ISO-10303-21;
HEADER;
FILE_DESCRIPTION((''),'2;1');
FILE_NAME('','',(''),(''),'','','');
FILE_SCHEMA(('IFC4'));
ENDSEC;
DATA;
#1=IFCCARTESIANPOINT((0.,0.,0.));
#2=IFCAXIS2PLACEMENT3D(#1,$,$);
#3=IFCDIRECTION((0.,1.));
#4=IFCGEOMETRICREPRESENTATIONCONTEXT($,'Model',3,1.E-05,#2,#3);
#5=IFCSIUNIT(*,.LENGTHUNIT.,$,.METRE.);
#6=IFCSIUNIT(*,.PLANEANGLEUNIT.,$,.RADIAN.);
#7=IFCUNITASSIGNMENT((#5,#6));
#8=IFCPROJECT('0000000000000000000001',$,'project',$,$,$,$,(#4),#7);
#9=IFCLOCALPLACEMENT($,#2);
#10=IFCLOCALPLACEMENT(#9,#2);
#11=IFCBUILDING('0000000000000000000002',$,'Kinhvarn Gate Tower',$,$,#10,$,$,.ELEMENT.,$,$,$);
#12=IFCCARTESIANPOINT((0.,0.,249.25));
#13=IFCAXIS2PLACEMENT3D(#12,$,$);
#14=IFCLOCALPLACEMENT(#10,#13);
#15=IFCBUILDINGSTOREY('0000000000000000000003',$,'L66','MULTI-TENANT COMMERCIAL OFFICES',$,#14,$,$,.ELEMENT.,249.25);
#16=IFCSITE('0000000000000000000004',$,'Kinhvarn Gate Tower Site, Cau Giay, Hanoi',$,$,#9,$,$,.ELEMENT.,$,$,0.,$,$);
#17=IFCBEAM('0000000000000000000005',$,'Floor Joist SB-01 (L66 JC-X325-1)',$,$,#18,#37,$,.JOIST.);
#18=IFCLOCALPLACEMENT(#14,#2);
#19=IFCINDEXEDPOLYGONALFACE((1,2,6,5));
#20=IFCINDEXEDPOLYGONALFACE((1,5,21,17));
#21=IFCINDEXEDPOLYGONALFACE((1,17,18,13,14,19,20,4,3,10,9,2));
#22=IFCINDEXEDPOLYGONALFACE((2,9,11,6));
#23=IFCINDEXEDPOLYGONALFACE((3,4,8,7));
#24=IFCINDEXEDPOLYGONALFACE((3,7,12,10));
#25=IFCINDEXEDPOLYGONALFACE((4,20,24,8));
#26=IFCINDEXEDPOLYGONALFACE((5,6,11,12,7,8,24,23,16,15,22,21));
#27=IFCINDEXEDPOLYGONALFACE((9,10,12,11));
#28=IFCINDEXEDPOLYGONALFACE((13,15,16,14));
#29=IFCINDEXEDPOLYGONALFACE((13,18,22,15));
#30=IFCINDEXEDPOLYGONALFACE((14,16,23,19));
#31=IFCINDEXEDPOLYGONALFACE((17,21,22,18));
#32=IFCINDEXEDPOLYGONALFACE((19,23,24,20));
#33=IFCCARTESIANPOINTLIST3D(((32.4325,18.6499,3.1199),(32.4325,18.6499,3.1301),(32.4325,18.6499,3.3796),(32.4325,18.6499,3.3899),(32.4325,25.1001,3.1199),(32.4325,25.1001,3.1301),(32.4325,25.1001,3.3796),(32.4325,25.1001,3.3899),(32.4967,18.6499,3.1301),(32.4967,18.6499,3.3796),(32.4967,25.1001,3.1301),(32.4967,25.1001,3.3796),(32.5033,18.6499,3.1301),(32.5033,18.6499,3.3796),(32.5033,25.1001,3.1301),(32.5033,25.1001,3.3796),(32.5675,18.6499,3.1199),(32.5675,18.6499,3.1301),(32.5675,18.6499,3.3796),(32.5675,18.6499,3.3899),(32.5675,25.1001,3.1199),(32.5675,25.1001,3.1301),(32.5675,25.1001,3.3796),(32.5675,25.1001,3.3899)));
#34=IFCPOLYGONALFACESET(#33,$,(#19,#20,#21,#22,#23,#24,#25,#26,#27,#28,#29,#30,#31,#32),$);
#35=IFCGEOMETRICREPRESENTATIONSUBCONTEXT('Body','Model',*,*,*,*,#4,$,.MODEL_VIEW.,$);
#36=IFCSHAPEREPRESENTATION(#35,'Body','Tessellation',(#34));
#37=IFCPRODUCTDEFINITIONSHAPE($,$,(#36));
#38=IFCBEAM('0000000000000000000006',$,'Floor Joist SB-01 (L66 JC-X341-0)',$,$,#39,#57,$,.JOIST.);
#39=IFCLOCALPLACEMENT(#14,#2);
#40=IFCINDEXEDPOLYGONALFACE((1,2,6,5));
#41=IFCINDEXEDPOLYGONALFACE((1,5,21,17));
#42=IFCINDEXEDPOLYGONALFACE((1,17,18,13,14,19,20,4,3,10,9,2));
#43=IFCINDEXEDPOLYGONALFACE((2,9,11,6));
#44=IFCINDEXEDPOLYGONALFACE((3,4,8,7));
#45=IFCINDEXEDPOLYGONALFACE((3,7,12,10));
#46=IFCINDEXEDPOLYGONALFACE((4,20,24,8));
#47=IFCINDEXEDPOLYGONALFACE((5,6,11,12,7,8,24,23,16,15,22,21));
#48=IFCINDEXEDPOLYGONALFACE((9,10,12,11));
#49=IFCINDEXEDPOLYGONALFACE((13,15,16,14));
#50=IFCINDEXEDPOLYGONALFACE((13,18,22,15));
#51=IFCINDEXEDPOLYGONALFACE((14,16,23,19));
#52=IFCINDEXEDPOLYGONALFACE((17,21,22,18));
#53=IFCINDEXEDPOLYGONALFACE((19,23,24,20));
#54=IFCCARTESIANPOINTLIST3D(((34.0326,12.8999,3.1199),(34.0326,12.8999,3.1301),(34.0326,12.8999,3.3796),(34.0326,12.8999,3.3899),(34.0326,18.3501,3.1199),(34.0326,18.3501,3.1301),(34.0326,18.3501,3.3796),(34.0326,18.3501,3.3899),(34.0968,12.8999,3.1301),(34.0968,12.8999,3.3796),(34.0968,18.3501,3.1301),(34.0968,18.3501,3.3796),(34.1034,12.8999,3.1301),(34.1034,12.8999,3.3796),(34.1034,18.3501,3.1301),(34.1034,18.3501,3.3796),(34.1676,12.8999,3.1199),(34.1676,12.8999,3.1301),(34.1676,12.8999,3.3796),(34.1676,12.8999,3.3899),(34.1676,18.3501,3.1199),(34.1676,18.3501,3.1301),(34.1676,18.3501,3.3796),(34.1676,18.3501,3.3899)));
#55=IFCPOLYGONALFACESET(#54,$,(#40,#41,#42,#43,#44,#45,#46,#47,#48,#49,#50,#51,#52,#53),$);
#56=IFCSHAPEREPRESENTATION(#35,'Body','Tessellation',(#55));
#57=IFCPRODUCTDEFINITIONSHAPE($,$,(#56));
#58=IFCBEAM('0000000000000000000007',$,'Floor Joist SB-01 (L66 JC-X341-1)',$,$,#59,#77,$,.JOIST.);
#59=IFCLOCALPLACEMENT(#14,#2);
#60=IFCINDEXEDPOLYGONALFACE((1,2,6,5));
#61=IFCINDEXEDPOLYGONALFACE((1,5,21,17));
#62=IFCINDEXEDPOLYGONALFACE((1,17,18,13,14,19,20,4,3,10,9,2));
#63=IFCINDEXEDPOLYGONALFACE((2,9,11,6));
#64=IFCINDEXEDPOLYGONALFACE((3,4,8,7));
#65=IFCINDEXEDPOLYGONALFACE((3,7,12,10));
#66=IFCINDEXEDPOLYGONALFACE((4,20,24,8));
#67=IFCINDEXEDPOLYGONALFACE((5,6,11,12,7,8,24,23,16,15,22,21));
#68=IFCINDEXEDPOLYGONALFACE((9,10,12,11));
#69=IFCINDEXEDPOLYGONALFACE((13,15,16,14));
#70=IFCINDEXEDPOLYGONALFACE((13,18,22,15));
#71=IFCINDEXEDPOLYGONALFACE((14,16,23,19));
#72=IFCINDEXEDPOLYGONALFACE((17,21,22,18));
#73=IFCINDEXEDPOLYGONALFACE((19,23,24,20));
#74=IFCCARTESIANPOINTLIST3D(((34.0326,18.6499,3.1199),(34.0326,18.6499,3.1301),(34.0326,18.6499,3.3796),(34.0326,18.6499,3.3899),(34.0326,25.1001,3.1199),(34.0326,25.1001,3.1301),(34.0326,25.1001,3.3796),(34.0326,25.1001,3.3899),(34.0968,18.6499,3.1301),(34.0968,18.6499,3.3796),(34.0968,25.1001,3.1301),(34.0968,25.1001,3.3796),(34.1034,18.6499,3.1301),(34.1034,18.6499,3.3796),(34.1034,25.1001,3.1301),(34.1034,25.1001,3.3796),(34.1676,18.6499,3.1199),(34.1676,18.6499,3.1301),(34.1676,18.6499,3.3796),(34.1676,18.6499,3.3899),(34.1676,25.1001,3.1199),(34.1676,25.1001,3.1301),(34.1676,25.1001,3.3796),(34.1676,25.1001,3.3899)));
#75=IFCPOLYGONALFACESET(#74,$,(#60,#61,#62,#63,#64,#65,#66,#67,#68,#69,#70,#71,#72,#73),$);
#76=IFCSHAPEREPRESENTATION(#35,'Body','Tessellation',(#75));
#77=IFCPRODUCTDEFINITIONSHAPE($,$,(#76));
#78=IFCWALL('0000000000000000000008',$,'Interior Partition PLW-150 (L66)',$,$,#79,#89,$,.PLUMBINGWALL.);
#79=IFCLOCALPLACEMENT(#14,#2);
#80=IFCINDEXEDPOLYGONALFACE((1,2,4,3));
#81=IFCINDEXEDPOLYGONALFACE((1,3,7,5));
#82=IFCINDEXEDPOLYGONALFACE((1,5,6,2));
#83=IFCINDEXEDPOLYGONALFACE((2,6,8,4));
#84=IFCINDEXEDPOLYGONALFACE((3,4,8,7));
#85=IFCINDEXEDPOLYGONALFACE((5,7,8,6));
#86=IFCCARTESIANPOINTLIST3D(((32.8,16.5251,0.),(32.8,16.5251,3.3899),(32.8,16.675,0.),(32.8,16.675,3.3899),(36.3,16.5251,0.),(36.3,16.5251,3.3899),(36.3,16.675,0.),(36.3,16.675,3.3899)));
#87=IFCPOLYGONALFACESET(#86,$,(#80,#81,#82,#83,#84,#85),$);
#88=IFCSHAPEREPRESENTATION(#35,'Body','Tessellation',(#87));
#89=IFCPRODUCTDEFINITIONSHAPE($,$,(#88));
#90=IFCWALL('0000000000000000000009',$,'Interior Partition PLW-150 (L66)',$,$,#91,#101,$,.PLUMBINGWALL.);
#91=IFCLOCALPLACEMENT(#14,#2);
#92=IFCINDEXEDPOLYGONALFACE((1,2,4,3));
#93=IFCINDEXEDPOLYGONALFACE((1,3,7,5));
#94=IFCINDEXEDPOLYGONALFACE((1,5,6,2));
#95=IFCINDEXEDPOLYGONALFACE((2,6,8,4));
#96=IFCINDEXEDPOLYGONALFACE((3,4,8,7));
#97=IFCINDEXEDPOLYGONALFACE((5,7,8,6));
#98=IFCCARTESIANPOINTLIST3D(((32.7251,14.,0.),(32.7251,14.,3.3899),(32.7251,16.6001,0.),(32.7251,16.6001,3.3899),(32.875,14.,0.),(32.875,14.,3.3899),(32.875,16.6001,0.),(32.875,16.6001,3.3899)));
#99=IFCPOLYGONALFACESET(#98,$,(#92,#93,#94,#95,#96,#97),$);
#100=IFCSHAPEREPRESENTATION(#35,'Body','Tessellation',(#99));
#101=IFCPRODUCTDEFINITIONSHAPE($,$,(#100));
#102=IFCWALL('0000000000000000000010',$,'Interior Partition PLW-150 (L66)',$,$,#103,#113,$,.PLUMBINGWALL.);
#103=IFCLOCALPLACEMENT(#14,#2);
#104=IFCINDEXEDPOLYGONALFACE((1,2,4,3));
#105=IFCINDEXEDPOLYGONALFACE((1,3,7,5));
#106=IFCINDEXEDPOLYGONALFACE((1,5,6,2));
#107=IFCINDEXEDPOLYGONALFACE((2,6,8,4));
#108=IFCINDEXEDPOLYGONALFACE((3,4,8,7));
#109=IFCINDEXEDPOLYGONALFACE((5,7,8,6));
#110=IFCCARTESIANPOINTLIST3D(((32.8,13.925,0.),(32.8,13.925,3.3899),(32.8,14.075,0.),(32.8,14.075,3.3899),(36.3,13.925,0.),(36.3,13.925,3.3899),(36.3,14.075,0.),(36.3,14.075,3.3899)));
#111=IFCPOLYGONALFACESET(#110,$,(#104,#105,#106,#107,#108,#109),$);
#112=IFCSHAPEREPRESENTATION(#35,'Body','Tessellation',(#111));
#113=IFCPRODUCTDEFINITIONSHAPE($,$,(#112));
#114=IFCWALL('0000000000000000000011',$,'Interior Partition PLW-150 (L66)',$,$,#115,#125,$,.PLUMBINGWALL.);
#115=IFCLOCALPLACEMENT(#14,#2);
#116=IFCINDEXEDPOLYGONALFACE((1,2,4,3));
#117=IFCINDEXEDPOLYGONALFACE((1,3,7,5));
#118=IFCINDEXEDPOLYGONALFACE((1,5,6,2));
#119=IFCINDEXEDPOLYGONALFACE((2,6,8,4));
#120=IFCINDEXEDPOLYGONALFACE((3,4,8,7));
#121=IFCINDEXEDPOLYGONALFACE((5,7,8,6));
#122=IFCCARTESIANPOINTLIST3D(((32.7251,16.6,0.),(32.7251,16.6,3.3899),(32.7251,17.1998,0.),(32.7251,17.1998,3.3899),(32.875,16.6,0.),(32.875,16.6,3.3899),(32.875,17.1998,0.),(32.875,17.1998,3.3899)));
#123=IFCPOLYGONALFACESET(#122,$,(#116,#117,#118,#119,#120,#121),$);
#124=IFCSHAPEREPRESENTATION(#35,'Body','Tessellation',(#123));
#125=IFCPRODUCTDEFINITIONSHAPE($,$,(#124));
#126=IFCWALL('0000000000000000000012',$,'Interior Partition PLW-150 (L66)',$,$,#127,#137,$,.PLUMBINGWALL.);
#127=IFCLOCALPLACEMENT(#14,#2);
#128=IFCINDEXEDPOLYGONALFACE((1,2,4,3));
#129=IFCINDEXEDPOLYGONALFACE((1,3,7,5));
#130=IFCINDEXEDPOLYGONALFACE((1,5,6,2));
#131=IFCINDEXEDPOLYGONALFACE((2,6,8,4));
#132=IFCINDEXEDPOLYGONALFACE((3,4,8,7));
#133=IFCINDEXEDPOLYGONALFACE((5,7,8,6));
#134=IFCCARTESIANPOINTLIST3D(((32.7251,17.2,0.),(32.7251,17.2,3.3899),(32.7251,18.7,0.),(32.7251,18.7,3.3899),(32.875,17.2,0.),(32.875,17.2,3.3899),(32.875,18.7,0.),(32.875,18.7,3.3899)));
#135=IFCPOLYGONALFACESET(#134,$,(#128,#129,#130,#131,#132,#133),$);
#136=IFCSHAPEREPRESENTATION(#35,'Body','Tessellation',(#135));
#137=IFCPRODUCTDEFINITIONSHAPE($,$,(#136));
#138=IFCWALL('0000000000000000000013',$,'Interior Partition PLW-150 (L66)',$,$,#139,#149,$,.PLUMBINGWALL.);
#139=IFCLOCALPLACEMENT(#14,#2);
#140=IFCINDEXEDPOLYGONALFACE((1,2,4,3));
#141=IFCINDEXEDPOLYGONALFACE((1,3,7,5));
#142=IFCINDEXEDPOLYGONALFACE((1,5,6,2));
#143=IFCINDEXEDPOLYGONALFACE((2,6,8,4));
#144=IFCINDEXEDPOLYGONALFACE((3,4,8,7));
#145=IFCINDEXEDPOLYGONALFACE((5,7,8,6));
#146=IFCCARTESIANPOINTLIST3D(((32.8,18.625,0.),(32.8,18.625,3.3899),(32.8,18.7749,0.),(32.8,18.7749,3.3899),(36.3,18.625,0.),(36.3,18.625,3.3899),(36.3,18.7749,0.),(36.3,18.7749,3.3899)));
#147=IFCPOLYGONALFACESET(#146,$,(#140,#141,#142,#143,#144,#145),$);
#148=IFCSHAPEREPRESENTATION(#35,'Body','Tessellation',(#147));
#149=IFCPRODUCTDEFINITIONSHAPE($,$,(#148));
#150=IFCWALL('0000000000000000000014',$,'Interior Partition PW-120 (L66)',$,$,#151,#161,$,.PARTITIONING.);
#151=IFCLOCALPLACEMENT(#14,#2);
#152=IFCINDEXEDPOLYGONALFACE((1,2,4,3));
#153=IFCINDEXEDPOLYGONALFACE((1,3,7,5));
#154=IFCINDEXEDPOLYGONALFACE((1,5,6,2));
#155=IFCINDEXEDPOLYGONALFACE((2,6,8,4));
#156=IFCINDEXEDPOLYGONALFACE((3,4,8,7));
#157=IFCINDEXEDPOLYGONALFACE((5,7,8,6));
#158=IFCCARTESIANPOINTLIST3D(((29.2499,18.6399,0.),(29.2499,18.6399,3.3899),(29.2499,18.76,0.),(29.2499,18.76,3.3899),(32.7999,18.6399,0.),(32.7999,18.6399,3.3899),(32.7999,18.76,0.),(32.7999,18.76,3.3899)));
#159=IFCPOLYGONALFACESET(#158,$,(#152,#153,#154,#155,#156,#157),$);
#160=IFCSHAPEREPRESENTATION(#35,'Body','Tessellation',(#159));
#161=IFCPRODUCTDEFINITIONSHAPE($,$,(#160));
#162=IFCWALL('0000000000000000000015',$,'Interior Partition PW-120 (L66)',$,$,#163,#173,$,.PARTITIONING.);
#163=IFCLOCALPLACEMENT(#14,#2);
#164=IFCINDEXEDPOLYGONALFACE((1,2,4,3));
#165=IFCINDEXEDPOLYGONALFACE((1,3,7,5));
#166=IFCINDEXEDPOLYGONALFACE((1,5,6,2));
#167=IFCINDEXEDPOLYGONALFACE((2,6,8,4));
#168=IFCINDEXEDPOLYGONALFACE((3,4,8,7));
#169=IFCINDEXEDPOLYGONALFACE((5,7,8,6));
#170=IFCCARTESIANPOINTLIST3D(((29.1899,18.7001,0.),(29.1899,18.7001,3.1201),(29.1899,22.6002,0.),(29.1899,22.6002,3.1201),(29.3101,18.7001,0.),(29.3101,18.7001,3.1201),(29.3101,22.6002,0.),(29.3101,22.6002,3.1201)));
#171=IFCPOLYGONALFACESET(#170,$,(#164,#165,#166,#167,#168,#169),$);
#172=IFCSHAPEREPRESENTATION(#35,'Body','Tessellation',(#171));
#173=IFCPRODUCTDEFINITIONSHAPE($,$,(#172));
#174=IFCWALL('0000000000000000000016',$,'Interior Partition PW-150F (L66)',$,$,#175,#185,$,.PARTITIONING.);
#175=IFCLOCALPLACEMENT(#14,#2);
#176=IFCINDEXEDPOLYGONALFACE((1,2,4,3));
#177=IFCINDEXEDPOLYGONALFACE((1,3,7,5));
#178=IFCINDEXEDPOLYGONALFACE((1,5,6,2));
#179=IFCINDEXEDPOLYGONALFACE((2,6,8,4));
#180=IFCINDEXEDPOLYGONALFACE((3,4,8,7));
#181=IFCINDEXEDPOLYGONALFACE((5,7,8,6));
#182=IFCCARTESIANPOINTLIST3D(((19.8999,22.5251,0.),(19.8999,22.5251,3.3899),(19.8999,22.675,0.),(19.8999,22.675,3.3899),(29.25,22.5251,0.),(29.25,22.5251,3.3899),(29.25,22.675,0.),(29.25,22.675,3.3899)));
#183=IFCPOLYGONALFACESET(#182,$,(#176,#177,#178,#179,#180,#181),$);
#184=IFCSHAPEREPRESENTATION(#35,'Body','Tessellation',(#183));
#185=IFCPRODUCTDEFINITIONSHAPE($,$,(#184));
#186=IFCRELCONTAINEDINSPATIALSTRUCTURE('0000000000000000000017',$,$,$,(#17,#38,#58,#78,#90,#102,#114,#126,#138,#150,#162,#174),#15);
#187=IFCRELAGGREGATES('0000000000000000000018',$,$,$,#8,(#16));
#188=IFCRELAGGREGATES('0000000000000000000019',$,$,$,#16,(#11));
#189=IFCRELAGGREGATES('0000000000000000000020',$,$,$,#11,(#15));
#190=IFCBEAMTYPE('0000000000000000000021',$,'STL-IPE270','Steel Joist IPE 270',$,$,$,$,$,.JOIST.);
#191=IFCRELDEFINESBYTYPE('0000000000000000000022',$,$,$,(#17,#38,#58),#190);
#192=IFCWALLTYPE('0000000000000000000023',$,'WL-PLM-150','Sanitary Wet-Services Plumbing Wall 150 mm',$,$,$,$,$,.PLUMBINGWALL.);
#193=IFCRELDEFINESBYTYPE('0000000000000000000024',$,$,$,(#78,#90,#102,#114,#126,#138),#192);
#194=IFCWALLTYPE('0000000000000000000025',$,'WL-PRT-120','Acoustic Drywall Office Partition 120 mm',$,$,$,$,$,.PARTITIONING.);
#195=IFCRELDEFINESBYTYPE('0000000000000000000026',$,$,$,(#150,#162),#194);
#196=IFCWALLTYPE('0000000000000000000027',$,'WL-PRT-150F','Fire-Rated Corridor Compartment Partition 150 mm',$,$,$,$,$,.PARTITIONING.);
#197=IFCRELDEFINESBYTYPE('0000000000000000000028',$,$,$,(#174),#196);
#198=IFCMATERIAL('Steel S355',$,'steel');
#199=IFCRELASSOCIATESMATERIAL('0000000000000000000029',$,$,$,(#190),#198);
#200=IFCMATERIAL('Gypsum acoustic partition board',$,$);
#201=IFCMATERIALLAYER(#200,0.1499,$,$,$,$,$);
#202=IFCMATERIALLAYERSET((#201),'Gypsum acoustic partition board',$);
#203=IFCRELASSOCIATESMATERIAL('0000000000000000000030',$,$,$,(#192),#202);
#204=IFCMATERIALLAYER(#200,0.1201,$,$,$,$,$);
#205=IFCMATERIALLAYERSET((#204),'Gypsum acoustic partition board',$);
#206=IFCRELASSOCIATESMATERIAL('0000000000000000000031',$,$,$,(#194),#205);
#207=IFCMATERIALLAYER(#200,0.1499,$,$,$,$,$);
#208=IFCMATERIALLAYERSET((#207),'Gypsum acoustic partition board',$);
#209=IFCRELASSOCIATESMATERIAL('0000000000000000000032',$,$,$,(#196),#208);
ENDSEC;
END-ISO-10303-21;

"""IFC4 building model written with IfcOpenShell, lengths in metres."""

from ifc_helpers import new_model, si_unit, direction, frame, frame_2d, origin, origin_2d, place, context, subcontext, project, spatial, rectangle, i_section, extrude, material, layer, layer_set, material_profile, profile_set, type_object, element, save


model = new_model("IFC4")

# Units and contexts
model_context = context("Model", 3, precision=1e-05, world=origin(), true_north=direction((0.0, 1.0)))
body_context = subcontext(model_context, "Body", "Model", "MODEL_VIEW")
ifc_project = project(units=[si_unit("LENGTHUNIT", "METRE"), si_unit("PLANEANGLEUNIT", "RADIAN")], contexts=[model_context])

# Site, building, storey
site_placement = place(None, origin())
site = spatial("IfcSite", under=ifc_project, at=site_placement, Name="Kinhvarn Gate Tower Site, Cau Giay, Hanoi", CompositionType="ELEMENT", RefElevation=0.0)
building_placement = place(site_placement, origin())
building = spatial("IfcBuilding", under=site, at=building_placement, Name="Kinhvarn Gate Tower", CompositionType="ELEMENT")
storey_placement = place(building_placement, frame((0.0, 0.0, 249.25)))
storey = spatial("IfcBuildingStorey", under=building, at=storey_placement, Name="L66", Description="MULTI-TENANT COMMERCIAL OFFICES", CompositionType="ELEMENT", Elevation=249.25)

# Beams
ifc_material_1 = material(Name="Steel S355", Category="steel")
ifc_material_profile = material_profile(ifc_material_1, i_section(OverallWidth=0.135, OverallDepth=0.27, WebThickness=0.0066, FlangeThickness=0.0103, at=origin_2d()), Name="IPE 270")
ifc_profile_set = profile_set([ifc_material_profile], Name="Steel S355")
beam_type = type_object("IfcBeamType", Name="STL-IPE270", Description="Steel Joist IPE 270", PredefinedType="JOIST", material=ifc_profile_set)
beam_1_placement = place(storey_placement, frame((32.5, 18.6499, 3.2549), z_axis=(0.0, 1.0, 0.0), x_axis=(-1.0, 0.0, 0.0)))
element("IfcBeam", 1, at=beam_1_placement, inside=storey, type_object=beam_type, Name="Floor Joist SB-01 (L66 JC-X325-1)", PredefinedType="JOIST", context=body_context, shape_type="SweptSolid", body=[
    extrude(i_section(OverallWidth=0.135, OverallDepth=0.27, WebThickness=0.0066, FlangeThickness=0.0103, at=origin_2d()), origin(), (0.0, 0.0, 1.0), 6.4502),
])
beam_2_placement = place(storey_placement, frame((34.1001, 12.8999, 3.2549), z_axis=(0.0, 1.0, 0.0), x_axis=(-1.0, 0.0, 0.0)))
element("IfcBeam", 2, at=beam_2_placement, inside=storey, type_object=beam_type, Name="Floor Joist SB-01 (L66 JC-X341-0)", PredefinedType="JOIST", context=body_context, shape_type="SweptSolid", body=[
    extrude(i_section(OverallWidth=0.135, OverallDepth=0.27, WebThickness=0.0066, FlangeThickness=0.0103, at=origin_2d()), origin(), (0.0, 0.0, 1.0), 5.4502),
])
beam_3_placement = place(storey_placement, frame((34.1001, 18.6499, 3.2549), z_axis=(0.0, 1.0, 0.0), x_axis=(-1.0, 0.0, 0.0)))
element("IfcBeam", 3, at=beam_3_placement, inside=storey, type_object=beam_type, Name="Floor Joist SB-01 (L66 JC-X341-1)", PredefinedType="JOIST", context=body_context, shape_type="SweptSolid", body=[
    extrude(i_section(OverallWidth=0.135, OverallDepth=0.27, WebThickness=0.0066, FlangeThickness=0.0103, at=origin_2d()), origin(), (0.0, 0.0, 1.0), 6.4502),
])

# Walls
ifc_material_2 = material(Name="Gypsum acoustic partition board")
ifc_layer_1 = layer(ifc_material_2, 0.1499)
ifc_layer_set_1 = layer_set([ifc_layer_1], Name="Gypsum acoustic partition board")
wall_type_1 = type_object("IfcWallType", Name="WL-PLM-150", Description="Sanitary Wet-Services Plumbing Wall 150 mm", PredefinedType="PLUMBINGWALL", material=ifc_layer_set_1)
wall_1_placement = place(storey_placement, frame((32.8, 16.6001, 0.0), z_axis=(0.0, 0.0, 1.0), x_axis=(1.0, 0.0, 0.0)))
element("IfcWall", 4, at=wall_1_placement, inside=storey, type_object=wall_type_1, Name="Interior Partition PLW-150 (L66)", PredefinedType="PLUMBINGWALL", context=body_context, shape_type="SweptSolid", body=[
    extrude(rectangle(XDim=3.5, YDim=0.1499, at=frame_2d((1.75, 0.0))), origin(), (0.0, 0.0, 1.0), 3.3899),
])
wall_2_placement = place(storey_placement, frame((32.8, 14.0, 0.0), z_axis=(0.0, 0.0, 1.0), x_axis=(0.0, 1.0, 0.0)))
element("IfcWall", 5, at=wall_2_placement, inside=storey, type_object=wall_type_1, Name="Interior Partition PLW-150 (L66)", PredefinedType="PLUMBINGWALL", context=body_context, shape_type="SweptSolid", body=[
    extrude(rectangle(XDim=2.6001, YDim=0.1499, at=frame_2d((1.3, 0.0))), origin(), (0.0, 0.0, 1.0), 3.3899),
])
wall_3_placement = place(storey_placement, frame((32.8, 14.0, 0.0), z_axis=(0.0, 0.0, 1.0), x_axis=(1.0, 0.0, 0.0)))
element("IfcWall", 6, at=wall_3_placement, inside=storey, type_object=wall_type_1, Name="Interior Partition PLW-150 (L66)", PredefinedType="PLUMBINGWALL", context=body_context, shape_type="SweptSolid", body=[
    extrude(rectangle(XDim=3.5, YDim=0.1499, at=frame_2d((1.75, 0.0))), origin(), (0.0, 0.0, 1.0), 3.3899),
])
wall_4_placement = place(storey_placement, frame((32.8, 16.6001, 0.0), z_axis=(0.0, 0.0, 1.0), x_axis=(0.0, 1.0, 0.0)))
element("IfcWall", 7, at=wall_4_placement, inside=storey, type_object=wall_type_1, Name="Interior Partition PLW-150 (L66)", PredefinedType="PLUMBINGWALL", context=body_context, shape_type="SweptSolid", body=[
    extrude(rectangle(XDim=0.5999, YDim=0.1499, at=frame_2d((0.2998, 0.0))), origin(), (0.0, 0.0, 1.0), 3.3899),
])
wall_5_placement = place(storey_placement, frame((32.8, 17.2, 0.0), z_axis=(0.0, 0.0, 1.0), x_axis=(0.0, 1.0, 0.0)))
element("IfcWall", 8, at=wall_5_placement, inside=storey, type_object=wall_type_1, Name="Interior Partition PLW-150 (L66)", PredefinedType="PLUMBINGWALL", context=body_context, shape_type="SweptSolid", body=[
    extrude(rectangle(XDim=1.5, YDim=0.1499, at=frame_2d((0.75, 0.0))), origin(), (0.0, 0.0, 1.0), 3.3899),
])
wall_6_placement = place(storey_placement, frame((32.8, 18.7, 0.0), z_axis=(0.0, 0.0, 1.0), x_axis=(1.0, 0.0, 0.0)))
element("IfcWall", 9, at=wall_6_placement, inside=storey, type_object=wall_type_1, Name="Interior Partition PLW-150 (L66)", PredefinedType="PLUMBINGWALL", context=body_context, shape_type="SweptSolid", body=[
    extrude(rectangle(XDim=3.5, YDim=0.1499, at=frame_2d((1.75, 0.0))), origin(), (0.0, 0.0, 1.0), 3.3899),
])
ifc_layer_2 = layer(ifc_material_2, 0.1201)
ifc_layer_set_2 = layer_set([ifc_layer_2], Name="Gypsum acoustic partition board")
wall_type_2 = type_object("IfcWallType", Name="WL-PRT-120", Description="Acoustic Drywall Office Partition 120 mm", PredefinedType="PARTITIONING", material=ifc_layer_set_2)
wall_7_placement = place(storey_placement, frame((29.25, 18.7, 0.0), z_axis=(0.0, 0.0, 1.0), x_axis=(1.0, 0.0, 0.0)))
element("IfcWall", 10, at=wall_7_placement, inside=storey, type_object=wall_type_2, Name="Interior Partition PW-120 (L66)", PredefinedType="PARTITIONING", context=body_context, shape_type="SweptSolid", body=[
    extrude(rectangle(XDim=3.55, YDim=0.1201, at=frame_2d((1.7749, 0.0))), origin(), (0.0, 0.0, 1.0), 3.3899),
])
wall_8_placement = place(storey_placement, frame((29.25, 18.7, 0.0), z_axis=(0.0, 0.0, 1.0), x_axis=(0.0, 1.0, 0.0)))
element("IfcWall", 11, at=wall_8_placement, inside=storey, type_object=wall_type_2, Name="Interior Partition PW-120 (L66)", PredefinedType="PARTITIONING", context=body_context, shape_type="SweptSolid", body=[
    extrude(rectangle(XDim=3.9001, YDim=0.1201, at=frame_2d((1.9502, 0.0))), origin(), (0.0, 0.0, 1.0), 3.1201),
])
ifc_layer_3 = layer(ifc_material_2, 0.1499)
ifc_layer_set_3 = layer_set([ifc_layer_3], Name="Gypsum acoustic partition board")
wall_type_3 = type_object("IfcWallType", Name="WL-PRT-150F", Description="Fire-Rated Corridor Compartment Partition 150 mm", PredefinedType="PARTITIONING", material=ifc_layer_set_3)
wall_9_placement = place(storey_placement, frame((19.8999, 22.6001, 0.0), z_axis=(0.0, 0.0, 1.0), x_axis=(1.0, 0.0, 0.0)))
element("IfcWall", 12, at=wall_9_placement, inside=storey, type_object=wall_type_3, Name="Interior Partition PW-150F (L66)", PredefinedType="PARTITIONING", context=body_context, shape_type="SweptSolid", body=[
    extrude(rectangle(XDim=9.3501, YDim=0.1499, at=frame_2d((4.675, 0.0))), origin(), (0.0, 0.0, 1.0), 3.3899),
])

save(model, "model.ifc")
